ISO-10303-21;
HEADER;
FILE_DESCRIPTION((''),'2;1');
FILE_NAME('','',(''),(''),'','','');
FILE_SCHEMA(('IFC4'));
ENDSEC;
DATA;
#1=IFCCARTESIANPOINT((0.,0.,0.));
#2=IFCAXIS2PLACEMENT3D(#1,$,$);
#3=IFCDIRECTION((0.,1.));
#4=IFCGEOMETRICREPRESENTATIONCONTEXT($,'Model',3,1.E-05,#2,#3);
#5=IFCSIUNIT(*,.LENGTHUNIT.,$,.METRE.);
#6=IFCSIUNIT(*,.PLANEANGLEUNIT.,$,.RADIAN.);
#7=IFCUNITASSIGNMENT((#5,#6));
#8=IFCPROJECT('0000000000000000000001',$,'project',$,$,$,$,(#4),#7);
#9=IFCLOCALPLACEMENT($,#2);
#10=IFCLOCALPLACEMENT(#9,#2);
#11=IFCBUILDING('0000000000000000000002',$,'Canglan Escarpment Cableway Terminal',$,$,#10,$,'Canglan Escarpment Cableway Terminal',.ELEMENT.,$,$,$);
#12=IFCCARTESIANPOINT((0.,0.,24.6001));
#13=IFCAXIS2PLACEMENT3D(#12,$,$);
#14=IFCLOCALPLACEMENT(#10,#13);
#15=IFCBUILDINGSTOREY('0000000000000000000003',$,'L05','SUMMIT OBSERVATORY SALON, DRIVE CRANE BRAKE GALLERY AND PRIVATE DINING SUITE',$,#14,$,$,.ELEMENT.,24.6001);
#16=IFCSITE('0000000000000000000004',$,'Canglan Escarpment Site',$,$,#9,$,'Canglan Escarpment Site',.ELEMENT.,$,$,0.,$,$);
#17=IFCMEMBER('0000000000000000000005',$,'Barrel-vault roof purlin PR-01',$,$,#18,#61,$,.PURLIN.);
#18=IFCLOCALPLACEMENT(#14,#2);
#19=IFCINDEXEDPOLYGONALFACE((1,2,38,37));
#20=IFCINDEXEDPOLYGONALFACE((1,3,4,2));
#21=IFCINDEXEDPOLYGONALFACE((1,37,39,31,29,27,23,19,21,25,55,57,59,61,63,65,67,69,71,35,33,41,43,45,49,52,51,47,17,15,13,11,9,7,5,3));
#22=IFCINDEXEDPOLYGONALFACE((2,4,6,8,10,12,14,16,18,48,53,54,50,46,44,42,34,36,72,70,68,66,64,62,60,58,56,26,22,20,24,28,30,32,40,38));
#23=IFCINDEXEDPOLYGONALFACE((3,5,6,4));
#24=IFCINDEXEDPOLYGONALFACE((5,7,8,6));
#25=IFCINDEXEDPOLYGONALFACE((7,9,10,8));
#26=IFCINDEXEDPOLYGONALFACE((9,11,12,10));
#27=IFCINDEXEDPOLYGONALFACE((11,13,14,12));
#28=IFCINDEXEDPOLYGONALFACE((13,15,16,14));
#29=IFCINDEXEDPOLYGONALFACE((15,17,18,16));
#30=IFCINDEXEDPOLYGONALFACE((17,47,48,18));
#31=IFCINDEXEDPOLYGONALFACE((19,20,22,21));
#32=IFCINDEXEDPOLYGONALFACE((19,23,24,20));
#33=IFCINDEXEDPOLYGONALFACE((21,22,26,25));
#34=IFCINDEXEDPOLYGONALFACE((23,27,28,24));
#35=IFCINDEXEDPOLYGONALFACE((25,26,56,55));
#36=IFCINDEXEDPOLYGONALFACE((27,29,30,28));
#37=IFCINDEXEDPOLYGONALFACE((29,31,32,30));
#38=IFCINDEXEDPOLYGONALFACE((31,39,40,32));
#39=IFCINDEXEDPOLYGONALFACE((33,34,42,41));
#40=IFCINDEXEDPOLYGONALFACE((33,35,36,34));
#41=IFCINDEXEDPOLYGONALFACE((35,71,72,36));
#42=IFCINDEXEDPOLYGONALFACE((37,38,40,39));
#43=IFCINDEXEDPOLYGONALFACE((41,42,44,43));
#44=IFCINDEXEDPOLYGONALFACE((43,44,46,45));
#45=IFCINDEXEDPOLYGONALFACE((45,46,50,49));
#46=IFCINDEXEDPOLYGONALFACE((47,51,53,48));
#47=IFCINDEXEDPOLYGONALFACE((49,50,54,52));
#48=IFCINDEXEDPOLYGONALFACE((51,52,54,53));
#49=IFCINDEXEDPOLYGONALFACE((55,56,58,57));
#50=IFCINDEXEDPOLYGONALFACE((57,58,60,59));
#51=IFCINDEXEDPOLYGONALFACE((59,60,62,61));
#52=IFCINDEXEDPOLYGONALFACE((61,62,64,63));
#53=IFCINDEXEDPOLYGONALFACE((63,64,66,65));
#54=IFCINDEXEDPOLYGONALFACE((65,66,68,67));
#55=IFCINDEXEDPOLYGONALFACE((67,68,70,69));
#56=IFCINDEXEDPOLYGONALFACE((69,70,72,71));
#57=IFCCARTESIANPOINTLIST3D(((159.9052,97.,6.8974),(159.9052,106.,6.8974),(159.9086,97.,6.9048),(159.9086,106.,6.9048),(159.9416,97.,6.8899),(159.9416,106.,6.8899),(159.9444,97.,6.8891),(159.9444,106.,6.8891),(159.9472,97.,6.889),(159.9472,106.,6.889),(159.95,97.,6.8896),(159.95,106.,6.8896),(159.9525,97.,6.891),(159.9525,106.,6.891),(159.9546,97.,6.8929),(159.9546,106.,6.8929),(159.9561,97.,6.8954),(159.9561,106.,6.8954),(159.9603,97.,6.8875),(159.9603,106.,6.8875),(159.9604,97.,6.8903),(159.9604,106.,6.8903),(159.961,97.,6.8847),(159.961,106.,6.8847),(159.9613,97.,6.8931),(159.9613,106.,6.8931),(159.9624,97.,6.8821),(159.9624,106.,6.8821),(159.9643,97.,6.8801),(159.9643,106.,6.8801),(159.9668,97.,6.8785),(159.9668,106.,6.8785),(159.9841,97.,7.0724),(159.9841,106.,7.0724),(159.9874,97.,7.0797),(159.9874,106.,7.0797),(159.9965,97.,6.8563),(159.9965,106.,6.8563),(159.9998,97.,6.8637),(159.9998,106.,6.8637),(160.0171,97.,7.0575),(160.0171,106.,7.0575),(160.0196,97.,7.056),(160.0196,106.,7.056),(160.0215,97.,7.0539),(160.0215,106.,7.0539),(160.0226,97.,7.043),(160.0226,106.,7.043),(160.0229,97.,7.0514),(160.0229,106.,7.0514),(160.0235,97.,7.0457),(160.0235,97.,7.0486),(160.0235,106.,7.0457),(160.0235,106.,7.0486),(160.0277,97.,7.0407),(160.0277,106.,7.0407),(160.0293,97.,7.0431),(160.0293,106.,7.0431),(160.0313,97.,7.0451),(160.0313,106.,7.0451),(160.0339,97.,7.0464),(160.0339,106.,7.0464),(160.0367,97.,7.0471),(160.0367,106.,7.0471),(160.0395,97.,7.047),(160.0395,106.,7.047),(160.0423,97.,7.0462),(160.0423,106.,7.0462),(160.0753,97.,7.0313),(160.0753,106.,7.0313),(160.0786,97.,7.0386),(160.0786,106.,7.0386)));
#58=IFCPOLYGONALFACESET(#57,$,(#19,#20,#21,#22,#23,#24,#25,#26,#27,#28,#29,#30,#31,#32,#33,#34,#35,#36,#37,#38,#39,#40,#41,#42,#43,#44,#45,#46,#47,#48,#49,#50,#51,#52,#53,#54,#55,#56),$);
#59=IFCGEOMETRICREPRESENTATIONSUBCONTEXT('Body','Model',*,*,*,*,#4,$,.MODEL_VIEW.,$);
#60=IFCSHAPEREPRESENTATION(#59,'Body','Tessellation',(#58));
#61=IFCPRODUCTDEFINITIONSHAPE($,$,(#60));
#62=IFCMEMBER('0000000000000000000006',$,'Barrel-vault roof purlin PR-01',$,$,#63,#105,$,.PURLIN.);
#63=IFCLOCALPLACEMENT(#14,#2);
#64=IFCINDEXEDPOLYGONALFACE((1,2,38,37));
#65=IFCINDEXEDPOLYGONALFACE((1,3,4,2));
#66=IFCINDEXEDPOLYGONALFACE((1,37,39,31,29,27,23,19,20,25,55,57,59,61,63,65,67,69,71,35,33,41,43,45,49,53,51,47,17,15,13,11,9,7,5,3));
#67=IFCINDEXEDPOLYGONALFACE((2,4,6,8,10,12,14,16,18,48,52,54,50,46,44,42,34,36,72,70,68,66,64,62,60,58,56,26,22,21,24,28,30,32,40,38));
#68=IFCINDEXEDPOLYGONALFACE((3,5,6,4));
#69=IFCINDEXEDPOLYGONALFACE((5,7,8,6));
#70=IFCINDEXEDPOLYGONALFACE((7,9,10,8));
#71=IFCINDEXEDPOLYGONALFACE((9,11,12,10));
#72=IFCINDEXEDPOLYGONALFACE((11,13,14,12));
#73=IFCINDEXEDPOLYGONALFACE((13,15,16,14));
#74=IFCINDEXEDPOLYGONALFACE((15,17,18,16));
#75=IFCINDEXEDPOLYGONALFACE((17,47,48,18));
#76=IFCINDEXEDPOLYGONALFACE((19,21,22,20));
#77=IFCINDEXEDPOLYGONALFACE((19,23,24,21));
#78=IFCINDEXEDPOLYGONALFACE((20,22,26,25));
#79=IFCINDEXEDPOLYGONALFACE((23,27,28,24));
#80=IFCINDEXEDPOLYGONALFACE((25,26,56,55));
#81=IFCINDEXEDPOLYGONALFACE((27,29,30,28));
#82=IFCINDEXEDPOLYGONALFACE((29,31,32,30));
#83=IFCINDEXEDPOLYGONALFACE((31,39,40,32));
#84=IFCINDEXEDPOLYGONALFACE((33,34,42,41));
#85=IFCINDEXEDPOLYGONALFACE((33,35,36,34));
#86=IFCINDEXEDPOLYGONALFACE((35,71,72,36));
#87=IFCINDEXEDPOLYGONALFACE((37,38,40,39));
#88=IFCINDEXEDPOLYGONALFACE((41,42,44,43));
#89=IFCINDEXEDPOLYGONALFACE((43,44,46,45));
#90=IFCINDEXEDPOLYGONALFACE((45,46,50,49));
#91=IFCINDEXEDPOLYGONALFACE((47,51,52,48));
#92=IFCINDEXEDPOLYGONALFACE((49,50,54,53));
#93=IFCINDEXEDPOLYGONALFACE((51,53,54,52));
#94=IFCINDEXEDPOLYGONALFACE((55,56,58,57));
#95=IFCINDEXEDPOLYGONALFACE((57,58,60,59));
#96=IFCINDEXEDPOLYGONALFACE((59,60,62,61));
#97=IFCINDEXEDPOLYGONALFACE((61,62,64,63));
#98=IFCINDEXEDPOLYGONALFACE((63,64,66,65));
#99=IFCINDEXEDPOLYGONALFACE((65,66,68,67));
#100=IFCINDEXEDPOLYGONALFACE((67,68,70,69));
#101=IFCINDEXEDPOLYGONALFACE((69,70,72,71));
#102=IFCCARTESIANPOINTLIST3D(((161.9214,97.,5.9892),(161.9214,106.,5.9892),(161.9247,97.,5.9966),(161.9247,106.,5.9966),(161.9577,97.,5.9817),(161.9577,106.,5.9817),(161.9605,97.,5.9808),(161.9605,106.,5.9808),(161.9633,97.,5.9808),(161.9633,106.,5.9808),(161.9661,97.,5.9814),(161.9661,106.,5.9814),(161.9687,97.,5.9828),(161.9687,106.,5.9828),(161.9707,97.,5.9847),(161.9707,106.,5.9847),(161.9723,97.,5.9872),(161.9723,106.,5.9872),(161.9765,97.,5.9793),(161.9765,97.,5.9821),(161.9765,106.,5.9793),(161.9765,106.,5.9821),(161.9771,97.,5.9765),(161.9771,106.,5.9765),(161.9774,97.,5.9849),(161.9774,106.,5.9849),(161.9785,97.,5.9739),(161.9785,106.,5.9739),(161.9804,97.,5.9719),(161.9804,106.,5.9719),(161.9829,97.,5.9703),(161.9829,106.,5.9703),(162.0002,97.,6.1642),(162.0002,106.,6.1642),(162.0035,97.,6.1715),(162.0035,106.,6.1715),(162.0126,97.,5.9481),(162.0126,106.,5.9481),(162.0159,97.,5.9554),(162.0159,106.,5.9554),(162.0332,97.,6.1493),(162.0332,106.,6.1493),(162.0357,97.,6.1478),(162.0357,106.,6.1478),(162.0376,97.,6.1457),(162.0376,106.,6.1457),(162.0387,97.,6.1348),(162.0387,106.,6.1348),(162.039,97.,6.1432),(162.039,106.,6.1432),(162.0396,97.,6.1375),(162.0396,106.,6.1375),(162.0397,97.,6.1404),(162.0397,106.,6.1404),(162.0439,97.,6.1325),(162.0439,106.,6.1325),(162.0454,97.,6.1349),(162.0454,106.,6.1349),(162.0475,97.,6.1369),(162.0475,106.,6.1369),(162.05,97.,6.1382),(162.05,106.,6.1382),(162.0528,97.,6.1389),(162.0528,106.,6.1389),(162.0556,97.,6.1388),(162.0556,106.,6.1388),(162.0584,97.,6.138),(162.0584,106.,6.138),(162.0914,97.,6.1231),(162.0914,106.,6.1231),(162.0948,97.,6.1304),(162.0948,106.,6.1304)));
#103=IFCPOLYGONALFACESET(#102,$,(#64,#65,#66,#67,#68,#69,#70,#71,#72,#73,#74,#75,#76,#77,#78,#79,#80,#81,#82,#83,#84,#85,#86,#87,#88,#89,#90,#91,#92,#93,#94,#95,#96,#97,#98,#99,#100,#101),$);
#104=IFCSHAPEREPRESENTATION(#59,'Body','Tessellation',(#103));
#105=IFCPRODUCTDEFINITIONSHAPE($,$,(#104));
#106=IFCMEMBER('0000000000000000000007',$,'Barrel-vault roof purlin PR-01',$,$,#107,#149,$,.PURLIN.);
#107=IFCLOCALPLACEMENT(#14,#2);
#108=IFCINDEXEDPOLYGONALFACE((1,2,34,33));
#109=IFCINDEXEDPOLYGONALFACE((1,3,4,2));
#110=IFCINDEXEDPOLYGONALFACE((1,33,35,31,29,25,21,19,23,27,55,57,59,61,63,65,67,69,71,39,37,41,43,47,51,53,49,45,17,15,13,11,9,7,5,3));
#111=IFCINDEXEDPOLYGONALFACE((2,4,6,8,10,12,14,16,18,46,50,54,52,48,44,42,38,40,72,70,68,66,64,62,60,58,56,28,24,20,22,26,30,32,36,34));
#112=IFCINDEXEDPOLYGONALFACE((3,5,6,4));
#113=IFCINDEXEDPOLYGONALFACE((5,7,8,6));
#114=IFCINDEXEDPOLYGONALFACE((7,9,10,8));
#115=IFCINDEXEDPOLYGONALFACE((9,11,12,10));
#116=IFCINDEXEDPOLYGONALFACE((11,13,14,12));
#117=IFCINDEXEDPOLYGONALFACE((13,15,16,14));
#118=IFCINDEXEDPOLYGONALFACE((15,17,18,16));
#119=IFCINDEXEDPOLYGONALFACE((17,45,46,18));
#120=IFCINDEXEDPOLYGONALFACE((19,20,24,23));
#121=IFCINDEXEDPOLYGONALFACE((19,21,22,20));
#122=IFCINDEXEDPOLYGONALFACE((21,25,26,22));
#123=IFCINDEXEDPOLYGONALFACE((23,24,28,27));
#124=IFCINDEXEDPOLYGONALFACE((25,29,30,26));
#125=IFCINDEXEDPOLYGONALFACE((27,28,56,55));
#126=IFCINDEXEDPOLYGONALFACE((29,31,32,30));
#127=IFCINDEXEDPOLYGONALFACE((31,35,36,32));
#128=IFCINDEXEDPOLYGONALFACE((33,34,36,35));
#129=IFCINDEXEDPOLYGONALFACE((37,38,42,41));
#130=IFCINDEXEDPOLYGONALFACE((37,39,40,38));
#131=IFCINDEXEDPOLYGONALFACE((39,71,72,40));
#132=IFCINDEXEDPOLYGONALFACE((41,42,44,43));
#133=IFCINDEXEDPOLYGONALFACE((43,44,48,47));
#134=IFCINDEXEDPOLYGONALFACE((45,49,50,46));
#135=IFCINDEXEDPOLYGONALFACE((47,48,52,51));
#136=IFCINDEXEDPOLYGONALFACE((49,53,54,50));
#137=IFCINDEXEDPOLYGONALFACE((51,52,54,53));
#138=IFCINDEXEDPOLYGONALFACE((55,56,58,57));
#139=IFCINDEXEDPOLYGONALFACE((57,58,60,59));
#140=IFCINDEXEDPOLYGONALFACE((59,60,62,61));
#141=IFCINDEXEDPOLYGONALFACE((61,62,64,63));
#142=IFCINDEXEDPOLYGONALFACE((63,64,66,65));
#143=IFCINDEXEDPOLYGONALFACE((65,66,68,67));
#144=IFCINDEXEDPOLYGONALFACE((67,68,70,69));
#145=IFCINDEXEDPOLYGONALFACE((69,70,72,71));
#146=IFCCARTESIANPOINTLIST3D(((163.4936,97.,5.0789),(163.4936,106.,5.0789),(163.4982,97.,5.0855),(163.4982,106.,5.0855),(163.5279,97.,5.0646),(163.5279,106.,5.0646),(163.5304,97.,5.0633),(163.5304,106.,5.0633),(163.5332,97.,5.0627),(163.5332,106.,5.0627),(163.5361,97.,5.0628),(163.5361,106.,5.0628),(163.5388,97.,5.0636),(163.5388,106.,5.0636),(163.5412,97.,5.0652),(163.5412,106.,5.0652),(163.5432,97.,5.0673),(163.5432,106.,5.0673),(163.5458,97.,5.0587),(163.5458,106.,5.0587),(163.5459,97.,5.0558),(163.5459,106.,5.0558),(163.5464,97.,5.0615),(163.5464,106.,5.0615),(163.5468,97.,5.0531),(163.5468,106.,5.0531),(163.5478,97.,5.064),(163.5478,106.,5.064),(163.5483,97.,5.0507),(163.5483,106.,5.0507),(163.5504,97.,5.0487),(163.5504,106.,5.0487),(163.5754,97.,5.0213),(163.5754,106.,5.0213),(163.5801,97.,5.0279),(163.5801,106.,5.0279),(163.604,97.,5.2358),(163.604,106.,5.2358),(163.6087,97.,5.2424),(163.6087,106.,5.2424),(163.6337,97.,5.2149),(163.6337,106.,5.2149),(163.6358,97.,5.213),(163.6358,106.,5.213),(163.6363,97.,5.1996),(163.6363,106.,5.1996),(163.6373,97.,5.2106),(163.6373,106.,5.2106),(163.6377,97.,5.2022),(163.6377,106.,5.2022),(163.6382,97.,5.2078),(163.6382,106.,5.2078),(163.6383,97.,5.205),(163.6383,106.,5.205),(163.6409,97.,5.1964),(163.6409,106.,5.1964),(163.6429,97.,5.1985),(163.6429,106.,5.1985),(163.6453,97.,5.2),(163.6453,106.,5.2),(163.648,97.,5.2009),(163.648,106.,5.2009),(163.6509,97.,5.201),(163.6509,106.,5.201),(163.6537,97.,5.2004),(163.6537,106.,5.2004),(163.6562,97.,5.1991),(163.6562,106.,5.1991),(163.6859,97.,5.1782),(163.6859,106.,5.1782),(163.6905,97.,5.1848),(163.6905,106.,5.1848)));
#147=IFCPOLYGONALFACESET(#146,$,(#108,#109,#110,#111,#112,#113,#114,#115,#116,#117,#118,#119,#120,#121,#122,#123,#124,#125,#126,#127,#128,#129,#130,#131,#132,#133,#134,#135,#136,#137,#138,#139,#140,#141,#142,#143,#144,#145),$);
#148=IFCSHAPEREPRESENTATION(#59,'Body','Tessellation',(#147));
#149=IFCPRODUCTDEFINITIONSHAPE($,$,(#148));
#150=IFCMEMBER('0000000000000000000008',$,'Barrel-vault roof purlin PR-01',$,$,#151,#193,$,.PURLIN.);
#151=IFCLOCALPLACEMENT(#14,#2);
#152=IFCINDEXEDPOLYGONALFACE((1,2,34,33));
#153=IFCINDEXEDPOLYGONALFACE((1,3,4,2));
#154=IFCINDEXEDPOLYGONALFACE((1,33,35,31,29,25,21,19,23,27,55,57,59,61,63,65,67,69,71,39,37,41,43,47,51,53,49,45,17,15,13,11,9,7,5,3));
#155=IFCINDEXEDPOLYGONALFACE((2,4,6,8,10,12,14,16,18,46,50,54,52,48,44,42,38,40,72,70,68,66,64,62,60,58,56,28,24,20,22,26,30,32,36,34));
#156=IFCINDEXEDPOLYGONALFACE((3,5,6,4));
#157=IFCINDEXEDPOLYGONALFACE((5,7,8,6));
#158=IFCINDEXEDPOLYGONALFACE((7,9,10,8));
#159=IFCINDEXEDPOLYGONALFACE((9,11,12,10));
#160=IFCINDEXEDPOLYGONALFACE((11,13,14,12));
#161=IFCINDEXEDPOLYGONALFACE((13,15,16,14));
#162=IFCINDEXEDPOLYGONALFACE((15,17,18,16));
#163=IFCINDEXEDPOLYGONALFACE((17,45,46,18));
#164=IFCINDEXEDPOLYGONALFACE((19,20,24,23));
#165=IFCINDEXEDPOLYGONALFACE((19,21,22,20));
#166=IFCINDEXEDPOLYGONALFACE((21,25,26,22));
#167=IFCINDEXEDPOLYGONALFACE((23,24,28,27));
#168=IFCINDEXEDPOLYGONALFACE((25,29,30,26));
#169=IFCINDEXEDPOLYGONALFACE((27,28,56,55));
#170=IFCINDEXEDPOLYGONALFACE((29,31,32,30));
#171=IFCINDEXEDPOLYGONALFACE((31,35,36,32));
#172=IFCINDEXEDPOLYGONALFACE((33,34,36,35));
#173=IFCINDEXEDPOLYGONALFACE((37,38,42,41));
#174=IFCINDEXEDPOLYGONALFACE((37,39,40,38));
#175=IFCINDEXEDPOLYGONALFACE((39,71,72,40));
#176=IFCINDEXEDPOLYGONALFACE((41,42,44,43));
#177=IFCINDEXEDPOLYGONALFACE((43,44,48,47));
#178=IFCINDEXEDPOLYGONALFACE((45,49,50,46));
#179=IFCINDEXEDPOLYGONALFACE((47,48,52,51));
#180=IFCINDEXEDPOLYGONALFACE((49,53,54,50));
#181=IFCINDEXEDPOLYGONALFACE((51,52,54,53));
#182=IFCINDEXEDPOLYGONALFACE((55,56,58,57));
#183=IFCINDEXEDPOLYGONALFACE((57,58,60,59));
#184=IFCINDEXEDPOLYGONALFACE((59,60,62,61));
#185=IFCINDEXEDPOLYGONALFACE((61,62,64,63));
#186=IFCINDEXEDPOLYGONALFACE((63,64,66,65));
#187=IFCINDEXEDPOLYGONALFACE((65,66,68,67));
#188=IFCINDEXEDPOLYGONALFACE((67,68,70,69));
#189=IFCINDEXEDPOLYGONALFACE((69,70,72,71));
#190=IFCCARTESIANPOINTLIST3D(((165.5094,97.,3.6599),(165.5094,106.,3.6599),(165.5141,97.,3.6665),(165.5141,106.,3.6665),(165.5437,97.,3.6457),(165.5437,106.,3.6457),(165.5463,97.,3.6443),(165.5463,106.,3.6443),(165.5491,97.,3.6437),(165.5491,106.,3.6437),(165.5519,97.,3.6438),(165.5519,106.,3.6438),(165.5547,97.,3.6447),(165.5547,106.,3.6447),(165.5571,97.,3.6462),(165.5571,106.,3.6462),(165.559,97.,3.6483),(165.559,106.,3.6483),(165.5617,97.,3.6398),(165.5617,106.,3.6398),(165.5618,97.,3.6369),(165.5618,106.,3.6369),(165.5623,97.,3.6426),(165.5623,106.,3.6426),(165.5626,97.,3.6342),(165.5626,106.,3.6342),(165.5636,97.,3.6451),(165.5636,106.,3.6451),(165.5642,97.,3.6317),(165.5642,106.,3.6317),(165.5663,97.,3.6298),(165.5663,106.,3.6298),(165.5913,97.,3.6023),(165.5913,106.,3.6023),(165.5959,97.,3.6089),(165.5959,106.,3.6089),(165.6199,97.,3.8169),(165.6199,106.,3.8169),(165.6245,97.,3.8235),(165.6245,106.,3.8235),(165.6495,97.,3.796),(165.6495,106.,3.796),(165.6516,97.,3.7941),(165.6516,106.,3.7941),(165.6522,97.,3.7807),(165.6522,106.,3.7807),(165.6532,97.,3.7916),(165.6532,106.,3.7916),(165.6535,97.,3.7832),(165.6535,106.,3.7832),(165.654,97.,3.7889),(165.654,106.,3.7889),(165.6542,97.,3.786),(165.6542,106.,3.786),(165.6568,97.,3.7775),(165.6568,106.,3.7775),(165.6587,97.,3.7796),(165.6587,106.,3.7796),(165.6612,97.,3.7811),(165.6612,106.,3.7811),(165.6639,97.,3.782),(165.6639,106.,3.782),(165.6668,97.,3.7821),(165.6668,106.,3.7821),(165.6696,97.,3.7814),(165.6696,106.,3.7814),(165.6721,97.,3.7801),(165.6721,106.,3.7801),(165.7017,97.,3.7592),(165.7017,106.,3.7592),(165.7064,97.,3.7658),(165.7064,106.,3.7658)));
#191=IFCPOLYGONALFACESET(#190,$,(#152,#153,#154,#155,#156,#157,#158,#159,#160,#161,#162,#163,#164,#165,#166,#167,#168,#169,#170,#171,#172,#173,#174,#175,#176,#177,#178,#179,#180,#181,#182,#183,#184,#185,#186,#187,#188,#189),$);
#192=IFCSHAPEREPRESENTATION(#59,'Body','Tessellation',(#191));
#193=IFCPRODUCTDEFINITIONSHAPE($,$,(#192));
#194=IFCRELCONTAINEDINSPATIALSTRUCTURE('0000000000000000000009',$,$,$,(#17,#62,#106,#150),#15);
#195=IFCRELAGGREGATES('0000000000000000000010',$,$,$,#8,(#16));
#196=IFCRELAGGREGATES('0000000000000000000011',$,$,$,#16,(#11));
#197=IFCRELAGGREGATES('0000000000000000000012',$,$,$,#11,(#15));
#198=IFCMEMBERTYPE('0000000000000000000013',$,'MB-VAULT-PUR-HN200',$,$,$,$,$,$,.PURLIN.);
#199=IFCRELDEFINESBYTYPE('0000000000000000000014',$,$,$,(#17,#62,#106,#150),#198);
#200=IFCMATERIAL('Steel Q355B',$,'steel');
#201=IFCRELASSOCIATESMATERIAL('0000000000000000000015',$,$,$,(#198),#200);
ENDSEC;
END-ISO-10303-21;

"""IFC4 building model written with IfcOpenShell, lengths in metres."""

from ifc_helpers import new_model, si_unit, direction, frame, origin, origin_2d, place, context, subcontext, project, spatial, i_section, extrude, material, material_profile, profile_set, type_object, element, save


model = new_model("IFC4")

# Units and contexts
model_context = context("Model", 3, precision=1e-05, world=origin(), true_north=direction((0.0, 1.0)))
body_context = subcontext(model_context, "Body", "Model", "MODEL_VIEW")
ifc_project = project(units=[si_unit("LENGTHUNIT", "METRE"), si_unit("PLANEANGLEUNIT", "RADIAN")], contexts=[model_context])

# Site, building, storey
site_placement = place(None, origin())
site = spatial("IfcSite", under=ifc_project, at=site_placement, Name="Canglan Escarpment Site", LongName="Canglan Escarpment Site", CompositionType="ELEMENT", RefElevation=0.0)
building_placement = place(site_placement, origin())
building = spatial("IfcBuilding", under=site, at=building_placement, Name="Canglan Escarpment Cableway Terminal", LongName="Canglan Escarpment Cableway Terminal", CompositionType="ELEMENT")
storey_placement = place(building_placement, frame((0.0, 0.0, 24.6001)))
storey = spatial("IfcBuildingStorey", under=building, at=storey_placement, Name="L05", Description="SUMMIT OBSERVATORY SALON, DRIVE CRANE BRAKE GALLERY AND PRIVATE DINING SUITE", CompositionType="ELEMENT", Elevation=24.6001)

# Shared definitions
ifc_material = material(Name="Steel Q355B", Category="steel")

# Members
ifc_material_profile_1 = material_profile(ifc_material, i_section(OverallWidth=0.1001, OverallDepth=0.2, WebThickness=0.0056, FlangeThickness=0.0081, FilletRadius=0.011, at=origin_2d()), Name="HN 200x100x5.5x8")
ifc_profile_set_1 = profile_set([ifc_material_profile_1], Name="Steel Q355B")
member_type_1 = type_object("IfcMemberType", Name="MB-VAULT-PUR-HN200", PredefinedType="PURLIN", material=ifc_profile_set_1)
for number, where, z_axis, x_axis, name in (
    (1, (159.9919, 97.0, 6.968), (0.0, 1.0, 0.0), (-0.911741, 0.0, 0.410767), "Barrel-vault roof purlin PR-01"),
    (2, (162.0081, 97.0, 6.0598), (0.0, 1.0, 0.0), (-0.911741, 0.0, 0.410767), "Barrel-vault roof purlin PR-01"),
    (3, (163.592, 97.0, 5.1318), (0.0, 1.0, 0.0), (-0.817728, 0.0, 0.575605), "Barrel-vault roof purlin PR-01"),
    (4, (165.6079, 97.0, 3.7129), (0.0, 1.0, 0.0), (-0.817728, 0.0, 0.575605), "Barrel-vault roof purlin PR-01"),
):
    element("IfcMember", number, at=place(storey_placement, frame(where, z_axis=z_axis, x_axis=x_axis)), inside=storey, type_object=member_type_1, Name=name, PredefinedType="PURLIN", context=body_context, shape_type="SweptSolid", body=[
        extrude(i_section(OverallWidth=0.1001, OverallDepth=0.2, WebThickness=0.0056, FlangeThickness=0.0081, FilletRadius=0.011, at=origin_2d()), origin(), (0.0, 0.0, 1.0), 9.0),
    ])

save(model, "model.ifc")
